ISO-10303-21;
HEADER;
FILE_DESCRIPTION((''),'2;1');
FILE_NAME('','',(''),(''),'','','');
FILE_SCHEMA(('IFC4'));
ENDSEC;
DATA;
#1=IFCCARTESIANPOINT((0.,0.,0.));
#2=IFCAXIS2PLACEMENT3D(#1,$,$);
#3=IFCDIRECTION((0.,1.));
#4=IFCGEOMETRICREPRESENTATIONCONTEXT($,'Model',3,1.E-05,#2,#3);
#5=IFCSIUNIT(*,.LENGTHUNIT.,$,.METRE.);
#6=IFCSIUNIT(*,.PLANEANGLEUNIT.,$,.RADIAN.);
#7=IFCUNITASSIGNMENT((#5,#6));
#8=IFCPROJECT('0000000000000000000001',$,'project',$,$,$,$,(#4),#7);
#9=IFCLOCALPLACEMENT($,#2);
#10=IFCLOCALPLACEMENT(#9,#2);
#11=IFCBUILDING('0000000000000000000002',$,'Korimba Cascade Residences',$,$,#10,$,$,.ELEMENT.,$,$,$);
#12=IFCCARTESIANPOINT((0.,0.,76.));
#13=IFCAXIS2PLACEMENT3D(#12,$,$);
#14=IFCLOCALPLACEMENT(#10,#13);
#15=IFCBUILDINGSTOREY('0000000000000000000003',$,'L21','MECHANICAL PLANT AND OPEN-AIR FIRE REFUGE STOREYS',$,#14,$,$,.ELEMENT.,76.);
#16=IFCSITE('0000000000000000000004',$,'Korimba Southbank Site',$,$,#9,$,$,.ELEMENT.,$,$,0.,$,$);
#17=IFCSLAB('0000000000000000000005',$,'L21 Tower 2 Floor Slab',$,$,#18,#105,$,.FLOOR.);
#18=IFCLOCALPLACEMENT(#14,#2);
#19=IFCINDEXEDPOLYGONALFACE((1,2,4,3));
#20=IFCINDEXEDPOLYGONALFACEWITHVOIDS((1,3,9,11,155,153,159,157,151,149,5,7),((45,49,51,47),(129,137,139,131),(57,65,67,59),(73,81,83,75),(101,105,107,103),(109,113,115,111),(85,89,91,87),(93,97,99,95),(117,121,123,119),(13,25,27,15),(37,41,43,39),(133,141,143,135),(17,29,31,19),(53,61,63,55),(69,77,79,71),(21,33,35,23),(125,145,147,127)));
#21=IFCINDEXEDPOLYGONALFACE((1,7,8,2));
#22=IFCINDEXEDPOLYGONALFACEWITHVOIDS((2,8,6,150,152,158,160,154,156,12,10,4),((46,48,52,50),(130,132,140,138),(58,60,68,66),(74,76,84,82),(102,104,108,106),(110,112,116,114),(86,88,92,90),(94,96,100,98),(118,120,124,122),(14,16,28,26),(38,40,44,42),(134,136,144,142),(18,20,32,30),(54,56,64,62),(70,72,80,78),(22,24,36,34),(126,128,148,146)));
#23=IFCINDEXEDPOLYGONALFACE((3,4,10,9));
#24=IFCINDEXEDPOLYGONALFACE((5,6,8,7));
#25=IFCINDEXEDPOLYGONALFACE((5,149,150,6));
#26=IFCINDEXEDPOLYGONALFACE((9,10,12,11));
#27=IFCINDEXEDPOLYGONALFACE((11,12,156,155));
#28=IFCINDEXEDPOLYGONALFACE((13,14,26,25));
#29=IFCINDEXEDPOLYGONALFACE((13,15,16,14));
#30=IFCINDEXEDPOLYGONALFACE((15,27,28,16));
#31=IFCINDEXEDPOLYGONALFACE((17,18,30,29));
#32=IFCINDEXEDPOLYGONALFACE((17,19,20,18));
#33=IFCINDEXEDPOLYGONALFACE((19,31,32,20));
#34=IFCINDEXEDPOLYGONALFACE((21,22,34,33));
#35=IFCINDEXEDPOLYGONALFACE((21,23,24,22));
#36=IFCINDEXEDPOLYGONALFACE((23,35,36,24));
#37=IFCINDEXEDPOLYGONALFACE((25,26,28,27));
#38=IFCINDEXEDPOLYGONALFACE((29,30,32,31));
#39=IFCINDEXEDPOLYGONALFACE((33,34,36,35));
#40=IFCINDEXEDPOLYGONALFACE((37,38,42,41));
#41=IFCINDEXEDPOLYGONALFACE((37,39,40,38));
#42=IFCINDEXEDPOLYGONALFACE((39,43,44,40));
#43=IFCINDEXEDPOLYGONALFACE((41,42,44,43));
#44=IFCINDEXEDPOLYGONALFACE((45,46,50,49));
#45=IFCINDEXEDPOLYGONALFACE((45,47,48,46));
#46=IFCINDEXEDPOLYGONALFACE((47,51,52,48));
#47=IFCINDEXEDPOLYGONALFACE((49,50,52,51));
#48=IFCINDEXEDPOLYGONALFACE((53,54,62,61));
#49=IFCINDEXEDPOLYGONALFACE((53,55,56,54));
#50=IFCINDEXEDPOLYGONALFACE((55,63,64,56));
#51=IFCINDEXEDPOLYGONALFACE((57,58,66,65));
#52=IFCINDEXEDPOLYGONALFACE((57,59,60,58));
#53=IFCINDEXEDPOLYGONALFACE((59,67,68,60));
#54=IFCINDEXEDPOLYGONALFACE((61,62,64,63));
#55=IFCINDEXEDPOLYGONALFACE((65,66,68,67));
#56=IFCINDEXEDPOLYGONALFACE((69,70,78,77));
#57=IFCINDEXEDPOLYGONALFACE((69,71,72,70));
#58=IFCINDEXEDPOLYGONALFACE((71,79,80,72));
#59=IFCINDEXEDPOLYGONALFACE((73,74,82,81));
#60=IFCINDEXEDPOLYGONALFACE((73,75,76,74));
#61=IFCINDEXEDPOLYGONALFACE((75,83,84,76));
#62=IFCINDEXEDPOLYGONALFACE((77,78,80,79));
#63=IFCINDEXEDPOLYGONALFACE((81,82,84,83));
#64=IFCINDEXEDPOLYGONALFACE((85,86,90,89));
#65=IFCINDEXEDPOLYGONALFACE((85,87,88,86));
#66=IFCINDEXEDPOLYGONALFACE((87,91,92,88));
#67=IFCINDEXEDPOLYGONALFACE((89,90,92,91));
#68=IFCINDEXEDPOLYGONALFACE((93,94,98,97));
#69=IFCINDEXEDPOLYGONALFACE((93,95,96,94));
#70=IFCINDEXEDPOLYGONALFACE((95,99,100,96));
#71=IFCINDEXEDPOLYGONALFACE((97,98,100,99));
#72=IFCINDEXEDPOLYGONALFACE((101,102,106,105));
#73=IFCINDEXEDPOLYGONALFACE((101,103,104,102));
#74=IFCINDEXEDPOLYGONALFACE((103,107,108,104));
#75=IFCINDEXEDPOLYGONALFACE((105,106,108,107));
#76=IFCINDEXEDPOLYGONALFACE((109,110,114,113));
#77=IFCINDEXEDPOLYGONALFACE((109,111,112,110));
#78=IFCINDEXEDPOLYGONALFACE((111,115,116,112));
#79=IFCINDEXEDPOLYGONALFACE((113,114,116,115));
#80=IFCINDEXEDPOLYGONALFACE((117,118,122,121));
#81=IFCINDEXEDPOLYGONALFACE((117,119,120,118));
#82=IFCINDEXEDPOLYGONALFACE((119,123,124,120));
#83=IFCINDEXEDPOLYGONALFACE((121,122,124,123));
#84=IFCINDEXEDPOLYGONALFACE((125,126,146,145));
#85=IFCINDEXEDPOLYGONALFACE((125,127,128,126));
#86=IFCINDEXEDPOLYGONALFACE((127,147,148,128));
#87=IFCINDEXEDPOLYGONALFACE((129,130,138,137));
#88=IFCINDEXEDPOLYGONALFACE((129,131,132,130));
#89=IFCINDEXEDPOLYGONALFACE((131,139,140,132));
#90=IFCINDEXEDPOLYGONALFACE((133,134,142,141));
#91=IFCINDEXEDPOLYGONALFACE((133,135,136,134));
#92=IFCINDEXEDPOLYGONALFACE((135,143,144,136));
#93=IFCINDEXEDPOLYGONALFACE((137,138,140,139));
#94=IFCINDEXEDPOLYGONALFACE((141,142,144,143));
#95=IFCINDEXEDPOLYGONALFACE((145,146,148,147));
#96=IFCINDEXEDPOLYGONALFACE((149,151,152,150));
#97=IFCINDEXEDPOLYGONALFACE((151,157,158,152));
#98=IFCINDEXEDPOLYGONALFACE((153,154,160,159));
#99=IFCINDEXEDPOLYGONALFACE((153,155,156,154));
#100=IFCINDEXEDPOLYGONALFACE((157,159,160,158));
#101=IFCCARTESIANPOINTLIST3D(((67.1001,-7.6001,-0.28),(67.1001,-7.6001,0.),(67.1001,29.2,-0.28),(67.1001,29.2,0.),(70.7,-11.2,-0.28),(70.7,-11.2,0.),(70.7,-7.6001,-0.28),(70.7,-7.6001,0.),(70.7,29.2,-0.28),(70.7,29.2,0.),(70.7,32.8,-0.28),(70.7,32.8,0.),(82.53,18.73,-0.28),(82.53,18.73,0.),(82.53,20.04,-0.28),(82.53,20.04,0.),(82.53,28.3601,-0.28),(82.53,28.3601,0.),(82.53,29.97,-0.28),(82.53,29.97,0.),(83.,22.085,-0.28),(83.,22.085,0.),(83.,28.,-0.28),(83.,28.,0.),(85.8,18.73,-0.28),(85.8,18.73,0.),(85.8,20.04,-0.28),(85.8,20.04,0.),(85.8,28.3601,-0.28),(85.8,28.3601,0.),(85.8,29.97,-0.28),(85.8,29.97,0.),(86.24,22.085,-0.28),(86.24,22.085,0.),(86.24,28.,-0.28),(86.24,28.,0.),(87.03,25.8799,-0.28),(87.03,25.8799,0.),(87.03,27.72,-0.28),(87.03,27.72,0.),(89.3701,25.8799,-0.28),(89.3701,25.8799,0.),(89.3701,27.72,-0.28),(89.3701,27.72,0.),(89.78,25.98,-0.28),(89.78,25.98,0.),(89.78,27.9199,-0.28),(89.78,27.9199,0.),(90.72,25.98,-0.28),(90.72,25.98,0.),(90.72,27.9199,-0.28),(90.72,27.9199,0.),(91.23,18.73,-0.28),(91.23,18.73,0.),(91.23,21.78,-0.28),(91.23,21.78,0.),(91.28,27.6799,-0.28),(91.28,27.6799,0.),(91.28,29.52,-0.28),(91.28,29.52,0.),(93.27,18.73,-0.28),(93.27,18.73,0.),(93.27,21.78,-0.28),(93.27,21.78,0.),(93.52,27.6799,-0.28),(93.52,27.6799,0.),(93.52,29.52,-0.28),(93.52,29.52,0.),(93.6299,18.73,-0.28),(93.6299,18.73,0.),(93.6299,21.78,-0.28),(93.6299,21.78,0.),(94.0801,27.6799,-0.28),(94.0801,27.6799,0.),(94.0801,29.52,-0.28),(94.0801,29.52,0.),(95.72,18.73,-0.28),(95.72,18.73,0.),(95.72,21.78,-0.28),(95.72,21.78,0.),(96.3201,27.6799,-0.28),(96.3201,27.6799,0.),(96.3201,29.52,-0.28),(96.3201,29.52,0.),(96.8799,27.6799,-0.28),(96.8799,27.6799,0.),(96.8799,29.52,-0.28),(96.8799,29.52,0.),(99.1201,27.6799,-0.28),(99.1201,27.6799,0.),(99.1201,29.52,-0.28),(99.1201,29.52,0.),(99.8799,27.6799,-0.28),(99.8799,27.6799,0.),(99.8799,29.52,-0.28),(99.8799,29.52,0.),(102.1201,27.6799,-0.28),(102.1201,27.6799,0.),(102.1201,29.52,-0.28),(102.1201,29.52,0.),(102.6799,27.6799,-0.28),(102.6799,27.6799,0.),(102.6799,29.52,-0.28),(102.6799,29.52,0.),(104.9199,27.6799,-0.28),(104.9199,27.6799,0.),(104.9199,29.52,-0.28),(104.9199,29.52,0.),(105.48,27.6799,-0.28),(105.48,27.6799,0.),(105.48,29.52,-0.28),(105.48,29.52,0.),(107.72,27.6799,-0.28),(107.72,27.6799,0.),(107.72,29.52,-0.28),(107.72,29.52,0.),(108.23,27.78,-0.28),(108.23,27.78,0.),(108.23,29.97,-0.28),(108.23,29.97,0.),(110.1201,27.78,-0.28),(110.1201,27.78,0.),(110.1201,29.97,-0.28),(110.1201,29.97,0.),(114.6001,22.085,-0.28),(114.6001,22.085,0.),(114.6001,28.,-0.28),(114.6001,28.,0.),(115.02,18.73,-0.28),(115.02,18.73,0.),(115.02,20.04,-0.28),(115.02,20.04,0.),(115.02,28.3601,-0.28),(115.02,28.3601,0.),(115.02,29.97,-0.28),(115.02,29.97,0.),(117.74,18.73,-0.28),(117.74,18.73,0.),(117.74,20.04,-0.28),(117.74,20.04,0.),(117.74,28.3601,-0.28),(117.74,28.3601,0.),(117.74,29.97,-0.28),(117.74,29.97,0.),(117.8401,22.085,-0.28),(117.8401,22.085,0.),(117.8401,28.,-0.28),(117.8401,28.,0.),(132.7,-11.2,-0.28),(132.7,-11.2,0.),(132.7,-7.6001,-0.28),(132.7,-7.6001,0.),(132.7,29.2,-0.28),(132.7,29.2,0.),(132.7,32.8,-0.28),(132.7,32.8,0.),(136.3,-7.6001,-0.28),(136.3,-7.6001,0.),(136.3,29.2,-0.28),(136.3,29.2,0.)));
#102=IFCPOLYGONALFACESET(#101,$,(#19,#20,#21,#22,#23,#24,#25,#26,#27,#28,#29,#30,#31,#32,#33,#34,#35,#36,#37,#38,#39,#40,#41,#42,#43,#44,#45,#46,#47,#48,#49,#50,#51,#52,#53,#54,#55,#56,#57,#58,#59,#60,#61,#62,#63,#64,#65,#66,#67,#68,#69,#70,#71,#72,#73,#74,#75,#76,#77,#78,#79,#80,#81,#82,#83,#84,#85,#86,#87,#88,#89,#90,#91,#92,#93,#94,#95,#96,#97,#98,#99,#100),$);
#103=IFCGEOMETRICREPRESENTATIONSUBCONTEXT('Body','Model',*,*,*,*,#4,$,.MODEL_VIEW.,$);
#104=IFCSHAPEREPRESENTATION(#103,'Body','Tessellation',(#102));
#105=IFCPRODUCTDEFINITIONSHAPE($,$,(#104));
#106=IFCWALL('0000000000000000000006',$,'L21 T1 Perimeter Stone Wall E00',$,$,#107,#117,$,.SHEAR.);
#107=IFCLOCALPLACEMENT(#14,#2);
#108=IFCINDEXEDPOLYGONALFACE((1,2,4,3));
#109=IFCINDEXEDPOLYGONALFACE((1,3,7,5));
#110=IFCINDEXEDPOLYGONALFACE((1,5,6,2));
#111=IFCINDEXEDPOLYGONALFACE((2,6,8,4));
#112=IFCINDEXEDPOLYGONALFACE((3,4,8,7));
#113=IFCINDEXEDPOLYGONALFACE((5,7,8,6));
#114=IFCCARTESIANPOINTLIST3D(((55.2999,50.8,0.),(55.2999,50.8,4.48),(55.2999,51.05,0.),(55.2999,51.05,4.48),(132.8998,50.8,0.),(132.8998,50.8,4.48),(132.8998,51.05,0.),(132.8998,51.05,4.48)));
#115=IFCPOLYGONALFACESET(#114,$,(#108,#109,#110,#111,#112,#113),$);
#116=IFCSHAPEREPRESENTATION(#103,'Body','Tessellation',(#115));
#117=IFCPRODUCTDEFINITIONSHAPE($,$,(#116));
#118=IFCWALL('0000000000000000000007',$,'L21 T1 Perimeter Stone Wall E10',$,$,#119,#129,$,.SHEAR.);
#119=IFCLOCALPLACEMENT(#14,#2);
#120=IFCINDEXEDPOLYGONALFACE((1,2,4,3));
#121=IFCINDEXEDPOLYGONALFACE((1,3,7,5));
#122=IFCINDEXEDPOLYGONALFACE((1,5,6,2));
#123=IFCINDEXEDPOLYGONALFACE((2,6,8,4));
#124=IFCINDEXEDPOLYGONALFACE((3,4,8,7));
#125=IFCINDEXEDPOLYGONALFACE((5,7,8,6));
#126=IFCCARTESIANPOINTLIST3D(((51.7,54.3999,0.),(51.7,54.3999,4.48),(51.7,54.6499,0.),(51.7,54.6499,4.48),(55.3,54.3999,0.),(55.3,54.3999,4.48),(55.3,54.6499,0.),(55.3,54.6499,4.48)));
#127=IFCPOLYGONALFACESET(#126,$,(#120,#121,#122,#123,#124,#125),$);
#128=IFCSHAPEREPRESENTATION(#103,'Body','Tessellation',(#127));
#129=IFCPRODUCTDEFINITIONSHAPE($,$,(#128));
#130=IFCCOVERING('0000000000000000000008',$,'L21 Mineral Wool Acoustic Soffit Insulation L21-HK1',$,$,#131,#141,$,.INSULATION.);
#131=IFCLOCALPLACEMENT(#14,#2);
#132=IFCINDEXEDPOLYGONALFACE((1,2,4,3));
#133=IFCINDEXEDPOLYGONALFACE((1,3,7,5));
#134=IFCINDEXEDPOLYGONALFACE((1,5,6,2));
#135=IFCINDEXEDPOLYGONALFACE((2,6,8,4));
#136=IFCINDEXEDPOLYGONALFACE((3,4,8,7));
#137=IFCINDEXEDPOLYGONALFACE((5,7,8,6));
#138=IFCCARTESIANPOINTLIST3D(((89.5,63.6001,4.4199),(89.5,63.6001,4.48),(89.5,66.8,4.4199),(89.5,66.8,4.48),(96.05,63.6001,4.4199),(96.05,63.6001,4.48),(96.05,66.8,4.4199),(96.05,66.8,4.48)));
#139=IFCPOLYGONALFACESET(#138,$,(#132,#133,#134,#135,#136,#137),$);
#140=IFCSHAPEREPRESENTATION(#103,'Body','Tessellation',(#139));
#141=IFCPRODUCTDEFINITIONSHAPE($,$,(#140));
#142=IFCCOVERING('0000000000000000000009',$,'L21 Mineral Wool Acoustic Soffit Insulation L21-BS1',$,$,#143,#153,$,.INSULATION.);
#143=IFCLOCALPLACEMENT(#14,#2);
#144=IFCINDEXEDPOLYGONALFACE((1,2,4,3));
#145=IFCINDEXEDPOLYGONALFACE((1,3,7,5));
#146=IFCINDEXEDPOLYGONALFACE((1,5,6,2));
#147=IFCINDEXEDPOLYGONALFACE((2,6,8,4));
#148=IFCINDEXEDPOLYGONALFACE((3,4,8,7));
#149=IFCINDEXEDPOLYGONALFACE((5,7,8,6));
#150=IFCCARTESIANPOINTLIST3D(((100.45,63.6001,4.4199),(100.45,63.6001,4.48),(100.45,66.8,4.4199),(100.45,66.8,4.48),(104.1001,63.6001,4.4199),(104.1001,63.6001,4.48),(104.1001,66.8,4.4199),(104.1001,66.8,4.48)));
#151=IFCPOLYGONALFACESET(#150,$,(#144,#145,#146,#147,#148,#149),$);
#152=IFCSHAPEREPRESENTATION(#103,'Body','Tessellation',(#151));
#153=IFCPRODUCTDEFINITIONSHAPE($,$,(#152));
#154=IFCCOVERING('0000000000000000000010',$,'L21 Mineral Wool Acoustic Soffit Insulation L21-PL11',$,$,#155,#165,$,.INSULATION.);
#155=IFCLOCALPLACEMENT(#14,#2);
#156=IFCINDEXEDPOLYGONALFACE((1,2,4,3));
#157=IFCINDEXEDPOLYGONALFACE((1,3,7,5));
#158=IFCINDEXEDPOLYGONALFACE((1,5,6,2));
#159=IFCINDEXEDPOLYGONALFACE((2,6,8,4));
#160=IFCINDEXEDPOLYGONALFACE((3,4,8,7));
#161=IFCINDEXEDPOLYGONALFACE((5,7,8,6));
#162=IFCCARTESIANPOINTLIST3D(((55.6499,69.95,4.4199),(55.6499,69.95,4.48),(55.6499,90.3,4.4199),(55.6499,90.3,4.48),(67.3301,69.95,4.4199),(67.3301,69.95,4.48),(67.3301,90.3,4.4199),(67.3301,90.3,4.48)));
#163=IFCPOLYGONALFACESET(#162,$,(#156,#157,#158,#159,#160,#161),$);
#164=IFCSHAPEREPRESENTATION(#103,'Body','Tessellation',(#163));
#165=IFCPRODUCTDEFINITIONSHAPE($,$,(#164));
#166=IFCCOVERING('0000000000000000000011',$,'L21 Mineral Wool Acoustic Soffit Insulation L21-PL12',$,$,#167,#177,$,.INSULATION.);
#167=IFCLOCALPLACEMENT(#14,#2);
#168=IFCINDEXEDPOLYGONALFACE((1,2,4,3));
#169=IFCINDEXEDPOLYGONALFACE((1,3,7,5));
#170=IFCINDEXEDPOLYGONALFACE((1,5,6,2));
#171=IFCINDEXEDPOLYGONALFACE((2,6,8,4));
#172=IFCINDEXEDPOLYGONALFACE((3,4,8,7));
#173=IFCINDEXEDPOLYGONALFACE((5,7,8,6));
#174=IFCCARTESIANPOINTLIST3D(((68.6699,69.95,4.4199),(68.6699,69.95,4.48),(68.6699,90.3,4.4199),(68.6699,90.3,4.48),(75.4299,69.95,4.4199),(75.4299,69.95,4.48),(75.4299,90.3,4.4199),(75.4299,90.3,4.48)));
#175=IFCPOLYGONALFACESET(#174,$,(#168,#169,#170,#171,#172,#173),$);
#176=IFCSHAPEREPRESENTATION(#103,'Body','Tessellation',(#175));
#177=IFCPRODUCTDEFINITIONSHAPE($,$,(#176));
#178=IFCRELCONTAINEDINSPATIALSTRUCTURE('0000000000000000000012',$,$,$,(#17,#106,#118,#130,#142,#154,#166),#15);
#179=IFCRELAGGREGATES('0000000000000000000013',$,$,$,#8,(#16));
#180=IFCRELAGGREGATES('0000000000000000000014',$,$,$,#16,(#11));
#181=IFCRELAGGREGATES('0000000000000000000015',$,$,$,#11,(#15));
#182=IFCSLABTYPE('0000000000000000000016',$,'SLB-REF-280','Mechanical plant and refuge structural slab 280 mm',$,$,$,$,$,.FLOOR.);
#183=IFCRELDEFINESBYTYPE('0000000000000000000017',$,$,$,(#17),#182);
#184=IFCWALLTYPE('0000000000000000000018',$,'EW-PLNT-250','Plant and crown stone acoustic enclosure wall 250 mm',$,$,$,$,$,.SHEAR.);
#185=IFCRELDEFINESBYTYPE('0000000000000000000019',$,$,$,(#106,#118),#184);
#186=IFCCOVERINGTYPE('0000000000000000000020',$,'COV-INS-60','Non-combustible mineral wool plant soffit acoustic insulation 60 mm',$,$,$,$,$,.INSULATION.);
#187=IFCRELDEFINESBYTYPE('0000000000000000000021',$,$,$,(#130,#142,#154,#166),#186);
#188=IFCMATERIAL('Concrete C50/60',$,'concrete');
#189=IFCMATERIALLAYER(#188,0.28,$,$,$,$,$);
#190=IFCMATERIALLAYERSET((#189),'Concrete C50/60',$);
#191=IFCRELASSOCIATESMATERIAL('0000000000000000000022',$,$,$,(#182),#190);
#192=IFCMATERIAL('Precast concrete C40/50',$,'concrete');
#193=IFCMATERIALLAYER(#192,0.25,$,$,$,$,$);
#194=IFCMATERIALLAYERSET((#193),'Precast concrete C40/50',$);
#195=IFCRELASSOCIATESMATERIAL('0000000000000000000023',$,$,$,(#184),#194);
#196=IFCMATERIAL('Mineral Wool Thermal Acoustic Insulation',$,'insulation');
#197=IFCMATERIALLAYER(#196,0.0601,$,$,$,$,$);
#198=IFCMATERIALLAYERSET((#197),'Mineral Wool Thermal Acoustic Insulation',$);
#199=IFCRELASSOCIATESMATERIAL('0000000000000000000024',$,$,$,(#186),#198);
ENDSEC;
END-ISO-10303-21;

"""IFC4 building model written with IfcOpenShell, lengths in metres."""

from ifc_helpers import new_model, si_unit, direction, frame, frame_2d, origin, place, context, subcontext, project, spatial, polyline, rectangle, outline, extrude, material, layer, layer_set, type_object, element, save


model = new_model("IFC4")

# Units and contexts
model_context = context("Model", 3, precision=1e-05, world=origin(), true_north=direction((0.0, 1.0)))
body_context = subcontext(model_context, "Body", "Model", "MODEL_VIEW")
ifc_project = project(units=[si_unit("LENGTHUNIT", "METRE"), si_unit("PLANEANGLEUNIT", "RADIAN")], contexts=[model_context])

# Site, building, storey
site_placement = place(None, origin())
site = spatial("IfcSite", under=ifc_project, at=site_placement, Name="Korimba Southbank Site", CompositionType="ELEMENT", RefElevation=0.0)
building_placement = place(site_placement, origin())
building = spatial("IfcBuilding", under=site, at=building_placement, Name="Korimba Cascade Residences", CompositionType="ELEMENT")
storey_placement = place(building_placement, frame((0.0, 0.0, 76.0)))
storey = spatial("IfcBuildingStorey", under=building, at=storey_placement, Name="L21", Description="MECHANICAL PLANT AND OPEN-AIR FIRE REFUGE STOREYS", CompositionType="ELEMENT", Elevation=76.0)

# Shared definitions
ifc_material_1 = material(Name="Concrete C50/60", Category="concrete")

# Slab
ifc_layer_1 = layer(ifc_material_1, 0.28)
ifc_layer_set_1 = layer_set([ifc_layer_1], Name="Concrete C50/60")
slab_type_1 = type_object("IfcSlabType", Name="SLB-REF-280", Description="Mechanical plant and refuge structural slab 280 mm", PredefinedType="FLOOR", material=ifc_layer_set_1)
slab_1_placement = place(storey_placement, frame((0.0, 0.0, -0.28)))
element("IfcSlab", 1, at=slab_1_placement, inside=storey, type_object=slab_type_1, Name="L21 Tower 2 Floor Slab", PredefinedType="FLOOR", context=body_context, shape_type="SweptSolid", body=[
    extrude(outline(polyline([(70.7, -11.2), (132.7, -11.2), (132.7, -7.6001), (136.3, -7.6001), (136.3, 29.2), (132.7, 29.2), (132.7, 32.8), (70.7, 32.8), (70.7, 29.2), (67.1001, 29.2), (67.1001, -7.6001), (70.7, -7.6001), (70.7, -11.2)]), holes=[polyline([(86.24, 22.085), (86.24, 28.0), (83.0, 28.0), (83.0, 22.085), (86.24, 22.085)]), polyline([(117.8401, 22.085), (117.8401, 28.0), (114.6001, 28.0), (114.6001, 22.085), (117.8401, 22.085)]), polyline([(87.03, 25.8799), (89.3701, 25.8799), (89.3701, 27.72), (87.03, 27.72), (87.03, 25.8799)]), polyline([(91.28, 27.6799), (93.52, 27.6799), (93.52, 29.52), (91.28, 29.52), (91.28, 27.6799)]), polyline([(94.0801, 27.6799), (96.3201, 27.6799), (96.3201, 29.52), (94.0801, 29.52), (94.0801, 27.6799)]), polyline([(96.8799, 27.6799), (99.1201, 27.6799), (99.1201, 29.52), (96.8799, 29.52), (96.8799, 27.6799)]), polyline([(99.8799, 27.6799), (102.1201, 27.6799), (102.1201, 29.52), (99.8799, 29.52), (99.8799, 27.6799)]), polyline([(102.6799, 27.6799), (104.9199, 27.6799), (104.9199, 29.52), (102.6799, 29.52), (102.6799, 27.6799)]), polyline([(105.48, 27.6799), (107.72, 27.6799), (107.72, 29.52), (105.48, 29.52), (105.48, 27.6799)]), polyline([(89.78, 25.98), (90.72, 25.98), (90.72, 27.9199), (89.78, 27.9199), (89.78, 25.98)]), polyline([(82.53, 18.73), (85.8, 18.73), (85.8, 20.04), (82.53, 20.04), (82.53, 18.73)]), polyline([(82.53, 28.3601), (85.8, 28.3601), (85.8, 29.97), (82.53, 29.97), (82.53, 28.3601)]), polyline([(108.23, 27.78), (110.1201, 27.78), (110.1201, 29.97), (108.23, 29.97), (108.23, 27.78)]), polyline([(91.23, 18.73), (93.27, 18.73), (93.27, 21.78), (91.23, 21.78), (91.23, 18.73)]), polyline([(93.6299, 18.73), (95.72, 18.73), (95.72, 21.78), (93.6299, 21.78), (93.6299, 18.73)]), polyline([(115.02, 18.73), (117.74, 18.73), (117.74, 20.04), (115.02, 20.04), (115.02, 18.73)]), polyline([(115.02, 28.3601), (117.74, 28.3601), (117.74, 29.97), (115.02, 29.97), (115.02, 28.3601)])]), origin(), (0.0, 0.0, 1.0), 0.28),
])

# Walls
ifc_material_2 = material(Name="Precast concrete C40/50", Category="concrete")
ifc_layer_2 = layer(ifc_material_2, 0.25)
ifc_layer_set_2 = layer_set([ifc_layer_2], Name="Precast concrete C40/50")
wall_type = type_object("IfcWallType", Name="EW-PLNT-250", Description="Plant and crown stone acoustic enclosure wall 250 mm", PredefinedType="SHEAR", material=ifc_layer_set_2)
wall_1_placement = place(storey_placement, frame((55.3, 50.925, 0.0), z_axis=(0.0, 0.0, 1.0), x_axis=(1.0, 0.0, 0.0)))
element("IfcWall", 2, at=wall_1_placement, inside=storey, type_object=wall_type, Name="L21 T1 Perimeter Stone Wall E00", PredefinedType="SHEAR", context=body_context, shape_type="SweptSolid", body=[
    extrude(rectangle(XDim=77.5999, YDim=0.25, at=frame_2d((38.7998, 0.0))), origin(), (0.0, 0.0, 1.0), 4.48),
])
wall_2_placement = place(storey_placement, frame((51.7, 54.5249, 0.0), z_axis=(0.0, 0.0, 1.0), x_axis=(1.0, 0.0, 0.0)))
element("IfcWall", 3, at=wall_2_placement, inside=storey, type_object=wall_type, Name="L21 T1 Perimeter Stone Wall E10", PredefinedType="SHEAR", context=body_context, shape_type="SweptSolid", body=[
    extrude(rectangle(XDim=3.6001, YDim=0.25, at=frame_2d((1.8, 0.0))), origin(), (0.0, 0.0, 1.0), 4.48),
])

# Coverings
ifc_material_3 = material(Name="Mineral Wool Thermal Acoustic Insulation", Category="insulation")
ifc_layer_3 = layer(ifc_material_3, 0.0601)
ifc_layer_set_3 = layer_set([ifc_layer_3], Name="Mineral Wool Thermal Acoustic Insulation")
covering_type = type_object("IfcCoveringType", Name="COV-INS-60", Description="Non-combustible mineral wool plant soffit acoustic insulation 60 mm", PredefinedType="INSULATION", material=ifc_layer_set_3)
covering_1_placement = place(storey_placement, frame((0.0, 0.0, 4.4199)))
element("IfcCovering", 4, at=covering_1_placement, inside=storey, type_object=covering_type, Name="L21 Mineral Wool Acoustic Soffit Insulation L21-HK1", PredefinedType="INSULATION", context=body_context, shape_type="SweptSolid", body=[
    extrude(outline(polyline([(89.5, 63.6001), (96.05, 63.6001), (96.05, 66.8), (89.5, 66.8), (89.5, 63.6001)])), origin(), (0.0, 0.0, 1.0), 0.0601),
])
covering_2_placement = place(storey_placement, frame((0.0, 0.0, 4.4199)))
element("IfcCovering", 5, at=covering_2_placement, inside=storey, type_object=covering_type, Name="L21 Mineral Wool Acoustic Soffit Insulation L21-BS1", PredefinedType="INSULATION", context=body_context, shape_type="SweptSolid", body=[
    extrude(outline(polyline([(100.45, 63.6001), (104.1001, 63.6001), (104.1001, 66.8), (100.45, 66.8), (100.45, 63.6001)])), origin(), (0.0, 0.0, 1.0), 0.0601),
])
covering_3_placement = place(storey_placement, frame((0.0, 0.0, 4.4199)))
element("IfcCovering", 6, at=covering_3_placement, inside=storey, type_object=covering_type, Name="L21 Mineral Wool Acoustic Soffit Insulation L21-PL11", PredefinedType="INSULATION", context=body_context, shape_type="SweptSolid", body=[
    extrude(outline(polyline([(55.6499, 69.95), (67.3301, 69.95), (67.3301, 90.3), (55.6499, 90.3), (55.6499, 69.95)])), origin(), (0.0, 0.0, 1.0), 0.0601),
])
covering_4_placement = place(storey_placement, frame((0.0, 0.0, 4.4199)))
element("IfcCovering", 7, at=covering_4_placement, inside=storey, type_object=covering_type, Name="L21 Mineral Wool Acoustic Soffit Insulation L21-PL12", PredefinedType="INSULATION", context=body_context, shape_type="SweptSolid", body=[
    extrude(outline(polyline([(68.6699, 69.95), (75.4299, 69.95), (75.4299, 90.3), (68.6699, 90.3), (68.6699, 69.95)])), origin(), (0.0, 0.0, 1.0), 0.0601),
])

save(model, "model.ifc")
